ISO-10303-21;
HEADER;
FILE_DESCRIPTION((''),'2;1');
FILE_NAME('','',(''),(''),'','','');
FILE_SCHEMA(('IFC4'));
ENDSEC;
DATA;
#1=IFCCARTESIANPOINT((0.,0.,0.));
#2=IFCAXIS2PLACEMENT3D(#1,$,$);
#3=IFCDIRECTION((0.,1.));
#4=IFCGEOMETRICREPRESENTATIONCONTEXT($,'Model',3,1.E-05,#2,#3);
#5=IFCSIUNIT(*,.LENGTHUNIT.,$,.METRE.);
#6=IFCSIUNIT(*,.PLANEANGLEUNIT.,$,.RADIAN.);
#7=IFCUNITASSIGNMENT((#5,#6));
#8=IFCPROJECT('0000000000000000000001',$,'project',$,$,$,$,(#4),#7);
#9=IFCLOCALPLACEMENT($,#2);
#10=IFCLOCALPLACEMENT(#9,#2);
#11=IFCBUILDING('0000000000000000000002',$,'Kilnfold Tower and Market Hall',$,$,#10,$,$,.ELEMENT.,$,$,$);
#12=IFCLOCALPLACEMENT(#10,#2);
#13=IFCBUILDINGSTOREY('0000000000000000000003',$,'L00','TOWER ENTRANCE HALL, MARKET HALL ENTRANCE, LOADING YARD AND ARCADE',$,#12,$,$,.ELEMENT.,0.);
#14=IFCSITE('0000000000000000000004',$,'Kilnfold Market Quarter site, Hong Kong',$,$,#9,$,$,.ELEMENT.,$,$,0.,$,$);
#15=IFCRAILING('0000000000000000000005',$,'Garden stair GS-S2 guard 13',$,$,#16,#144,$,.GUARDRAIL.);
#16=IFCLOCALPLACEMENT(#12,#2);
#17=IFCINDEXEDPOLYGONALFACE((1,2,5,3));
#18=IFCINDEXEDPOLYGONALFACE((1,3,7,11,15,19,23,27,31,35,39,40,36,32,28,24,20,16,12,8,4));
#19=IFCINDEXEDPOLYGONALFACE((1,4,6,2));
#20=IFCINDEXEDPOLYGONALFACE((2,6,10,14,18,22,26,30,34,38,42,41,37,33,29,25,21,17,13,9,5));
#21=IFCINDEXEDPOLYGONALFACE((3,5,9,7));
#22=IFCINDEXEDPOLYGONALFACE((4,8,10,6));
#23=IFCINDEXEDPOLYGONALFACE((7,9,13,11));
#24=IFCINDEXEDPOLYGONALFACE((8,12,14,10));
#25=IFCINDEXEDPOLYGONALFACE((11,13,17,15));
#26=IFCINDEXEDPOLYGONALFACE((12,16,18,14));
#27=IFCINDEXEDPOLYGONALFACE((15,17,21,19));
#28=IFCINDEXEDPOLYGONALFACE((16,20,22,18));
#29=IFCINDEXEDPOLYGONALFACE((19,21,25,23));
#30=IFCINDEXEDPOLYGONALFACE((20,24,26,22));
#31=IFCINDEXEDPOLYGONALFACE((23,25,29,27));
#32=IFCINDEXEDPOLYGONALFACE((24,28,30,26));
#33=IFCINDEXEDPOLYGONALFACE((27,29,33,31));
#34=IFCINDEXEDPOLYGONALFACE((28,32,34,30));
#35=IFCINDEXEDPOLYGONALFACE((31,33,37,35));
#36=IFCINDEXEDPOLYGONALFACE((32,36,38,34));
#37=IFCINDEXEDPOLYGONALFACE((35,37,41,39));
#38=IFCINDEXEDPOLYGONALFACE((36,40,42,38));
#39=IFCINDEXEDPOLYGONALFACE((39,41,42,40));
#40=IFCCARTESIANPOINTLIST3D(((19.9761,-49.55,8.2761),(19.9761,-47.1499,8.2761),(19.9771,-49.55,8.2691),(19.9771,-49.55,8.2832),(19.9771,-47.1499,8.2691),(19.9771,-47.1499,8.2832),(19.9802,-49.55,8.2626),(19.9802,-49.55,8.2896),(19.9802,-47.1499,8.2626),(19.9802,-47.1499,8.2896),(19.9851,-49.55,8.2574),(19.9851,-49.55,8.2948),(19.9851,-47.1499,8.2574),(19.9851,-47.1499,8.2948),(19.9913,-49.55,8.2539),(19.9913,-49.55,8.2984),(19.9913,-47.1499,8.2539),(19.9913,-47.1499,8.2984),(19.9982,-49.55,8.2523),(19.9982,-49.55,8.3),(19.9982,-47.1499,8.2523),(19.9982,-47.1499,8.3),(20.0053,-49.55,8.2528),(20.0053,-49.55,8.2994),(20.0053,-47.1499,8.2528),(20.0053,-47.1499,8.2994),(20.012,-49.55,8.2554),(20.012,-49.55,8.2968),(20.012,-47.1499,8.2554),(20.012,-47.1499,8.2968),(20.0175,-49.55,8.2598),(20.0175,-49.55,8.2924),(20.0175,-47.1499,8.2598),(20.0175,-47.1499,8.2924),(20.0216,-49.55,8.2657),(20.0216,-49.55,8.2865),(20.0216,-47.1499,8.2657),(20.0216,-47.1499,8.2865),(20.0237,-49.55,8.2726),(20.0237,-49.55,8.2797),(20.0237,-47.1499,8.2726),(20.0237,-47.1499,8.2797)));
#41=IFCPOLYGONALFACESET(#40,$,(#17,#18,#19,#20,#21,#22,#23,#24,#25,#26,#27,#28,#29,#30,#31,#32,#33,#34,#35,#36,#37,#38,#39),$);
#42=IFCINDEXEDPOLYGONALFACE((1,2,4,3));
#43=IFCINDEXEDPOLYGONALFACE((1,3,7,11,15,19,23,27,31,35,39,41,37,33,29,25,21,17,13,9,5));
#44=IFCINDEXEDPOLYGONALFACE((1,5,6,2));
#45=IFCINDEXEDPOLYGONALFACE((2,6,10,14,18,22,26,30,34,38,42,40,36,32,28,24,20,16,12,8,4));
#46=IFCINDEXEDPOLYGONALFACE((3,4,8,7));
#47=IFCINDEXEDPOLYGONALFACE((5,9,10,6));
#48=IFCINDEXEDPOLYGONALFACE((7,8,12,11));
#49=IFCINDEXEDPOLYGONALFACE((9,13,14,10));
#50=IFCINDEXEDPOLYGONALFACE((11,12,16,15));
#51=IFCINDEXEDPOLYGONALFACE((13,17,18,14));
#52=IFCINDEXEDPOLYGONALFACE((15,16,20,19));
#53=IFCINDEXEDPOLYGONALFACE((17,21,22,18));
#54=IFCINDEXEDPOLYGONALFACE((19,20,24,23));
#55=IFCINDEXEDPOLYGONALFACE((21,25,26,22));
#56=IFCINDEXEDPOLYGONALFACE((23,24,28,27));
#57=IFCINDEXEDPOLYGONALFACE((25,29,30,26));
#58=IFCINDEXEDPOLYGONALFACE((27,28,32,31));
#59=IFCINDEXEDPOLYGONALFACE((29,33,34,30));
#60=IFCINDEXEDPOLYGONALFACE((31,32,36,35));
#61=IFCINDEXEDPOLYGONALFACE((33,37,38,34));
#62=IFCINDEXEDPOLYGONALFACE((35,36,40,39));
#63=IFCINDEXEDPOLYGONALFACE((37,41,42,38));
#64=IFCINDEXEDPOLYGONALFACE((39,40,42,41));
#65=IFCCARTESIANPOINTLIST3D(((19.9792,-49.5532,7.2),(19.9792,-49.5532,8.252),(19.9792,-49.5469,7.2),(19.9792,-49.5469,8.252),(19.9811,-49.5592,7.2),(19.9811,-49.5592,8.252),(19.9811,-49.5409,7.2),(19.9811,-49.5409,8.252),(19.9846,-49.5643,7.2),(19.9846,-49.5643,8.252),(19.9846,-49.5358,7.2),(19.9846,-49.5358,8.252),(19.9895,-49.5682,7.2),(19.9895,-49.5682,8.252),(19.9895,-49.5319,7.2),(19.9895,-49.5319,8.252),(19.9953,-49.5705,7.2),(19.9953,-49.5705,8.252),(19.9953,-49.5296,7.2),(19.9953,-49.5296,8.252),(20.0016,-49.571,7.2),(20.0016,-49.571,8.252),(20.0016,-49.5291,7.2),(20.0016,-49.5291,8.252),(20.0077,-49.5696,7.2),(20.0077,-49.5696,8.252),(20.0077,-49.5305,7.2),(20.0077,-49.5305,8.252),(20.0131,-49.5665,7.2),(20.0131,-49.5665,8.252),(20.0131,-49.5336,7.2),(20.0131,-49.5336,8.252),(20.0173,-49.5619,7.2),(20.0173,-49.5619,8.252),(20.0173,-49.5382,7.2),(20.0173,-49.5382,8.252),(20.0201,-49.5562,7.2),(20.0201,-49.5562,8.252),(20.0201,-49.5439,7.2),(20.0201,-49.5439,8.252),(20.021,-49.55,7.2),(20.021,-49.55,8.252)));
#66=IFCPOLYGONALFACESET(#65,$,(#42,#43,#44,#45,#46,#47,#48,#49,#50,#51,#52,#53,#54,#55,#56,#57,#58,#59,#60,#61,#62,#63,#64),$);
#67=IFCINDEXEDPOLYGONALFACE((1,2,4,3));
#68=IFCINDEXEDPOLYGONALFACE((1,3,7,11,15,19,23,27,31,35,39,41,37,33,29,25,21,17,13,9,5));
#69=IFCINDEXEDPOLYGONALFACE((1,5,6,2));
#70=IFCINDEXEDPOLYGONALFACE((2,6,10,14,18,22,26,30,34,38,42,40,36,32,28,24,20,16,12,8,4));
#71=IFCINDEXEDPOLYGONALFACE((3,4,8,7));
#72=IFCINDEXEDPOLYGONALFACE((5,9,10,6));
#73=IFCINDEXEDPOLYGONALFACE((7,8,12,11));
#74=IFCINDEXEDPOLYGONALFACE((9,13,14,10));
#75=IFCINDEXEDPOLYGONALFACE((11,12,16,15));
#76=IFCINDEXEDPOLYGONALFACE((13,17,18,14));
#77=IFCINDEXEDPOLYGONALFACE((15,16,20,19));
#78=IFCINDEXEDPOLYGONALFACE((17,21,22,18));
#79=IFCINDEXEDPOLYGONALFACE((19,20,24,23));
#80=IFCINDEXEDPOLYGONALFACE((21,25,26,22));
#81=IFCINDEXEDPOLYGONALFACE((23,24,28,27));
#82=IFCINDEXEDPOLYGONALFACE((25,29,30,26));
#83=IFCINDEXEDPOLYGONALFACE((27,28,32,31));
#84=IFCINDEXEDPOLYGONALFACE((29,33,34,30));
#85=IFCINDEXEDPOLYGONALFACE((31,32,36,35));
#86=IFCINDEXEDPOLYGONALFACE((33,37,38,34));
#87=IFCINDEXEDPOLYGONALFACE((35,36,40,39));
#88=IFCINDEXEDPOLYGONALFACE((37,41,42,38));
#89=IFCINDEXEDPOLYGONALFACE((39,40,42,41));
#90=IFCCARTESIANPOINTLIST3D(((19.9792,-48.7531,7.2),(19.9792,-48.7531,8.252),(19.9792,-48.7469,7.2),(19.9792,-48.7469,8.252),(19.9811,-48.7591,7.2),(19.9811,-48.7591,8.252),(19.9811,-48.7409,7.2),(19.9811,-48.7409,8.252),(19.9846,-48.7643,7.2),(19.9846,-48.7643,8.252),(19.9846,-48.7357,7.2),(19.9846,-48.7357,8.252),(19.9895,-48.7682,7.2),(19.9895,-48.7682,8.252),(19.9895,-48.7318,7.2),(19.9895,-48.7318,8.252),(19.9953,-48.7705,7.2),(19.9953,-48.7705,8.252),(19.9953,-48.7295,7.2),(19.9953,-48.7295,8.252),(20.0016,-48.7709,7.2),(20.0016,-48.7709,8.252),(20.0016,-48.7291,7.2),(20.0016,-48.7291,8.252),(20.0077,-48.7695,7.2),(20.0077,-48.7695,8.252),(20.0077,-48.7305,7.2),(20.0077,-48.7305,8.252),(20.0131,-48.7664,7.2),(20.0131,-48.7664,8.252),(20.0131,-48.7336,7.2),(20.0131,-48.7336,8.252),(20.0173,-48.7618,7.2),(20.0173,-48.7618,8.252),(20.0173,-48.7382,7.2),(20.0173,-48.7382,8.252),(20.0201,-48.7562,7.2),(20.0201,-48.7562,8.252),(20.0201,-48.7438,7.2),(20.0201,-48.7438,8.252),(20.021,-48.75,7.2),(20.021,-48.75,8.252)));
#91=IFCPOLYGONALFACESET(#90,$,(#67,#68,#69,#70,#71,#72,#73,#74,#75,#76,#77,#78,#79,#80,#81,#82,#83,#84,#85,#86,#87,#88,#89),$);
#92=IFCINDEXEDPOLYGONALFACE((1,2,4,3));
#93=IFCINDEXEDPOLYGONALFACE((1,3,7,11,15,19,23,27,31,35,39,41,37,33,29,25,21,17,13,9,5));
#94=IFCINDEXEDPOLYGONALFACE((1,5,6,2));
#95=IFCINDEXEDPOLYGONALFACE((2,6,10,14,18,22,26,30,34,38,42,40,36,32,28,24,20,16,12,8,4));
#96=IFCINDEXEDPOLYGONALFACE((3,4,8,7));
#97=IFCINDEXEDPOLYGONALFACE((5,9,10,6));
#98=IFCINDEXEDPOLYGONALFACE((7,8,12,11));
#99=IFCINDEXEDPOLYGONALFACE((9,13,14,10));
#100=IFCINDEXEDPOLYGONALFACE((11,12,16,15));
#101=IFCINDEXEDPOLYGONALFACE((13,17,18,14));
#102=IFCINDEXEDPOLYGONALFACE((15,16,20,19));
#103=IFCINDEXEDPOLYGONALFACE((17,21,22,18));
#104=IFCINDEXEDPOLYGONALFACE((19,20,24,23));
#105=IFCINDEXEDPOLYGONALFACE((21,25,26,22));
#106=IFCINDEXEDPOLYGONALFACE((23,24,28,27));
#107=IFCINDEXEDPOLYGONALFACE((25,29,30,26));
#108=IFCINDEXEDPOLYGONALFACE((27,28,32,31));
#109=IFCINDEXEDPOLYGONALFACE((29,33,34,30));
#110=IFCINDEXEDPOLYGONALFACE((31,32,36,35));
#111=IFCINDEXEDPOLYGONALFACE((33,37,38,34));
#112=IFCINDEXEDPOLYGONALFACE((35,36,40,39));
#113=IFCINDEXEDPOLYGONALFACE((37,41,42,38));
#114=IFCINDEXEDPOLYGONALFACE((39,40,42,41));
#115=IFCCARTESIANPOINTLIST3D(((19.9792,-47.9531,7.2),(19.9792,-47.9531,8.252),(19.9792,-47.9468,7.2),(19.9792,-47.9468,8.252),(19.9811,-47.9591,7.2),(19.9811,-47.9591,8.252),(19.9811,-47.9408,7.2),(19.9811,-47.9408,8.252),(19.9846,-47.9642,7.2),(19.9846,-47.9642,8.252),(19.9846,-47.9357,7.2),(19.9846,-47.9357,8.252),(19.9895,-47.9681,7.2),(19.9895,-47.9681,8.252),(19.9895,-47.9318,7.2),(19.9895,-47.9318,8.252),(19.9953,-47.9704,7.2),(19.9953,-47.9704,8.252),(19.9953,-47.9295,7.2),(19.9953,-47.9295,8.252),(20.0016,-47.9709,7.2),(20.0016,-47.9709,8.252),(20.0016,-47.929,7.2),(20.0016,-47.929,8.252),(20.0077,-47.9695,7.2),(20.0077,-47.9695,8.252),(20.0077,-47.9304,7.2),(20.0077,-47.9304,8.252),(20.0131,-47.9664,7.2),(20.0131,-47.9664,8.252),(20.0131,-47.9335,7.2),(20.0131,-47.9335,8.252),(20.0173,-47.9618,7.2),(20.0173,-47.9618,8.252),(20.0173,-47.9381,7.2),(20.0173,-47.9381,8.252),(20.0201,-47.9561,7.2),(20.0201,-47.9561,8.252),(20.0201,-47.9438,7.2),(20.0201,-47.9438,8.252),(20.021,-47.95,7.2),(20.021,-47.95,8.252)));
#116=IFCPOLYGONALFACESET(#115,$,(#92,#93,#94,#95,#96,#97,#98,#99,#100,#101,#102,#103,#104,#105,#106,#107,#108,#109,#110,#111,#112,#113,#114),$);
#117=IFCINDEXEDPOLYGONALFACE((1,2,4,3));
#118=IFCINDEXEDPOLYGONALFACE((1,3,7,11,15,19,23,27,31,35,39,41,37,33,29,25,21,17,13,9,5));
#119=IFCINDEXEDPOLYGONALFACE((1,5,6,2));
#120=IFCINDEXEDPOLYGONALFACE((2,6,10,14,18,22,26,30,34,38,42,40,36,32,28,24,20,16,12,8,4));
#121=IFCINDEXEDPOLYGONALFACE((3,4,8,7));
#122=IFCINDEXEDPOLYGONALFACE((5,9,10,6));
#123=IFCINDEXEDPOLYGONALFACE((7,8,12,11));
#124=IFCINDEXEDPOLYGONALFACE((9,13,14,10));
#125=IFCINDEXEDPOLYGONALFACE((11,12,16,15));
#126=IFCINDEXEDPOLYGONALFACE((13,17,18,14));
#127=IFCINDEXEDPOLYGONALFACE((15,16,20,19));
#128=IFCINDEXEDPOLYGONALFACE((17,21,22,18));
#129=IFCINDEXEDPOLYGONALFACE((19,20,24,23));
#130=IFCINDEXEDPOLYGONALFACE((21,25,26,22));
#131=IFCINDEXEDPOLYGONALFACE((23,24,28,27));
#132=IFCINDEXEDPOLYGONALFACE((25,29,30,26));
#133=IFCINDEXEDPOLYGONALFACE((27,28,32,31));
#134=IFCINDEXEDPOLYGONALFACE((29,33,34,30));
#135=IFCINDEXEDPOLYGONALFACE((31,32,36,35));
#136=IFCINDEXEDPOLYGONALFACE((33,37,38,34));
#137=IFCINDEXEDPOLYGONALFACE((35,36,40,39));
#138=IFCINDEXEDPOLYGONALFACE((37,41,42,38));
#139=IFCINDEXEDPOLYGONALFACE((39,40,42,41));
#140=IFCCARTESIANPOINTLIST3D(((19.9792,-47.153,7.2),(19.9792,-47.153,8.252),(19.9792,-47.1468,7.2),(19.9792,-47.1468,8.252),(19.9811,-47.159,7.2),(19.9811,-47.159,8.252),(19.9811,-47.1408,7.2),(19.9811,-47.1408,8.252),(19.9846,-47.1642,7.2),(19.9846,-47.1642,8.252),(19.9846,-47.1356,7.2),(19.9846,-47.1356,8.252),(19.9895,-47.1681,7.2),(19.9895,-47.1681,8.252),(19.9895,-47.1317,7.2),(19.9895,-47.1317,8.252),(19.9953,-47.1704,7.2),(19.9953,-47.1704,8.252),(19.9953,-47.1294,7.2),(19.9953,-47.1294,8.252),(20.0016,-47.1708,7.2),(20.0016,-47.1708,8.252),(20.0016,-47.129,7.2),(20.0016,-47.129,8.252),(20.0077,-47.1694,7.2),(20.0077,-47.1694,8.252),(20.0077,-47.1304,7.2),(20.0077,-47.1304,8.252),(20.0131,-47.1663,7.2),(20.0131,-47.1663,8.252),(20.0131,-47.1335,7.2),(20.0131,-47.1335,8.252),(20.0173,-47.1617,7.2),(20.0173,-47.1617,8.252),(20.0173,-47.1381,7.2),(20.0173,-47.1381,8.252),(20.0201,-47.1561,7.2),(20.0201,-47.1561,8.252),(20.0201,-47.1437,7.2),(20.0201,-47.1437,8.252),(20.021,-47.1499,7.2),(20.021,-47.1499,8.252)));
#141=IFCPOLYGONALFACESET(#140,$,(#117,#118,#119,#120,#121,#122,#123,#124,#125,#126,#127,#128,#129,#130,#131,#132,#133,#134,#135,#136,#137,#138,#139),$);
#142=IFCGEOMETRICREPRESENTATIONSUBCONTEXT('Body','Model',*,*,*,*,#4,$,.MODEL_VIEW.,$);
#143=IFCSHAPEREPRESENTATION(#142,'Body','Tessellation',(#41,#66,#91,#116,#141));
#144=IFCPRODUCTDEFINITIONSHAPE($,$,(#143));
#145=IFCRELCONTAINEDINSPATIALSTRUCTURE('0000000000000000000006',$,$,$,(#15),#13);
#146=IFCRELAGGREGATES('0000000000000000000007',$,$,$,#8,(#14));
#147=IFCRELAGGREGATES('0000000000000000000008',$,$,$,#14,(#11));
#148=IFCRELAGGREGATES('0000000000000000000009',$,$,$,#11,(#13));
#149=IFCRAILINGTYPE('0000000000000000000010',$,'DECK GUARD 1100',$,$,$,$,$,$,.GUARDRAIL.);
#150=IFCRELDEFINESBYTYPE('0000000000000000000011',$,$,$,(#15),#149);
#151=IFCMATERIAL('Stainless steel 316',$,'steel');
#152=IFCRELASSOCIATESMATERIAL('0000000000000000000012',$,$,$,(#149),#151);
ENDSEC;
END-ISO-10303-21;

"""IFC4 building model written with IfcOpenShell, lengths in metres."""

from ifc_helpers import new_model, si_unit, direction, frame, origin, origin_2d, place, context, subcontext, project, spatial, circle, extrude, material, type_object, element, save


model = new_model("IFC4")

# Units and contexts
model_context = context("Model", 3, precision=1e-05, world=origin(), true_north=direction((0.0, 1.0)))
body_context = subcontext(model_context, "Body", "Model", "MODEL_VIEW")
ifc_project = project(units=[si_unit("LENGTHUNIT", "METRE"), si_unit("PLANEANGLEUNIT", "RADIAN")], contexts=[model_context])

# Site, building, storey
site_placement = place(None, origin())
site = spatial("IfcSite", under=ifc_project, at=site_placement, Name="Kilnfold Market Quarter site, Hong Kong", CompositionType="ELEMENT", RefElevation=0.0)
building_placement = place(site_placement, origin())
building = spatial("IfcBuilding", under=site, at=building_placement, Name="Kilnfold Tower and Market Hall", CompositionType="ELEMENT")
storey_placement = place(building_placement, origin())
storey = spatial("IfcBuildingStorey", under=building, at=storey_placement, Name="L00", Description="TOWER ENTRANCE HALL, MARKET HALL ENTRANCE, LOADING YARD AND ARCADE", CompositionType="ELEMENT", Elevation=0.0)

# Railing
ifc_material_1 = material(Name="Stainless steel 316", Category="steel")
railing_type_1 = type_object("IfcRailingType", Name="DECK GUARD 1100", PredefinedType="GUARDRAIL", material=ifc_material_1)
railing_1_placement = place(storey_placement, frame((20.0, -49.55, 7.2)))
element("IfcRailing", 1, at=railing_1_placement, inside=storey, type_object=railing_type_1, Name="Garden stair GS-S2 guard 13", PredefinedType="GUARDRAIL", context=body_context, shape_type="SweptSolid", body=[
    extrude(circle(Radius=0.0239, at=origin_2d()), frame((0.0, 0.0, 1.0762), z_axis=(0.0, 1.0, 0.0), x_axis=(-1.0, 0.0, 0.0)), (0.0, 0.0, 1.0), 2.4001),
    extrude(circle(Radius=0.021, at=origin_2d()), origin(), (0.0, 0.0, 1.0), 1.052),
    extrude(circle(Radius=0.021, at=origin_2d()), frame((0.0, 0.8, 0.0)), (0.0, 0.0, 1.0), 1.052),
    extrude(circle(Radius=0.021, at=origin_2d()), frame((0.0, 1.6001, 0.0)), (0.0, 0.0, 1.0), 1.052),
    extrude(circle(Radius=0.021, at=origin_2d()), frame((0.0, 2.4001, 0.0)), (0.0, 0.0, 1.0), 1.052),
])

save(model, "model.ifc")
